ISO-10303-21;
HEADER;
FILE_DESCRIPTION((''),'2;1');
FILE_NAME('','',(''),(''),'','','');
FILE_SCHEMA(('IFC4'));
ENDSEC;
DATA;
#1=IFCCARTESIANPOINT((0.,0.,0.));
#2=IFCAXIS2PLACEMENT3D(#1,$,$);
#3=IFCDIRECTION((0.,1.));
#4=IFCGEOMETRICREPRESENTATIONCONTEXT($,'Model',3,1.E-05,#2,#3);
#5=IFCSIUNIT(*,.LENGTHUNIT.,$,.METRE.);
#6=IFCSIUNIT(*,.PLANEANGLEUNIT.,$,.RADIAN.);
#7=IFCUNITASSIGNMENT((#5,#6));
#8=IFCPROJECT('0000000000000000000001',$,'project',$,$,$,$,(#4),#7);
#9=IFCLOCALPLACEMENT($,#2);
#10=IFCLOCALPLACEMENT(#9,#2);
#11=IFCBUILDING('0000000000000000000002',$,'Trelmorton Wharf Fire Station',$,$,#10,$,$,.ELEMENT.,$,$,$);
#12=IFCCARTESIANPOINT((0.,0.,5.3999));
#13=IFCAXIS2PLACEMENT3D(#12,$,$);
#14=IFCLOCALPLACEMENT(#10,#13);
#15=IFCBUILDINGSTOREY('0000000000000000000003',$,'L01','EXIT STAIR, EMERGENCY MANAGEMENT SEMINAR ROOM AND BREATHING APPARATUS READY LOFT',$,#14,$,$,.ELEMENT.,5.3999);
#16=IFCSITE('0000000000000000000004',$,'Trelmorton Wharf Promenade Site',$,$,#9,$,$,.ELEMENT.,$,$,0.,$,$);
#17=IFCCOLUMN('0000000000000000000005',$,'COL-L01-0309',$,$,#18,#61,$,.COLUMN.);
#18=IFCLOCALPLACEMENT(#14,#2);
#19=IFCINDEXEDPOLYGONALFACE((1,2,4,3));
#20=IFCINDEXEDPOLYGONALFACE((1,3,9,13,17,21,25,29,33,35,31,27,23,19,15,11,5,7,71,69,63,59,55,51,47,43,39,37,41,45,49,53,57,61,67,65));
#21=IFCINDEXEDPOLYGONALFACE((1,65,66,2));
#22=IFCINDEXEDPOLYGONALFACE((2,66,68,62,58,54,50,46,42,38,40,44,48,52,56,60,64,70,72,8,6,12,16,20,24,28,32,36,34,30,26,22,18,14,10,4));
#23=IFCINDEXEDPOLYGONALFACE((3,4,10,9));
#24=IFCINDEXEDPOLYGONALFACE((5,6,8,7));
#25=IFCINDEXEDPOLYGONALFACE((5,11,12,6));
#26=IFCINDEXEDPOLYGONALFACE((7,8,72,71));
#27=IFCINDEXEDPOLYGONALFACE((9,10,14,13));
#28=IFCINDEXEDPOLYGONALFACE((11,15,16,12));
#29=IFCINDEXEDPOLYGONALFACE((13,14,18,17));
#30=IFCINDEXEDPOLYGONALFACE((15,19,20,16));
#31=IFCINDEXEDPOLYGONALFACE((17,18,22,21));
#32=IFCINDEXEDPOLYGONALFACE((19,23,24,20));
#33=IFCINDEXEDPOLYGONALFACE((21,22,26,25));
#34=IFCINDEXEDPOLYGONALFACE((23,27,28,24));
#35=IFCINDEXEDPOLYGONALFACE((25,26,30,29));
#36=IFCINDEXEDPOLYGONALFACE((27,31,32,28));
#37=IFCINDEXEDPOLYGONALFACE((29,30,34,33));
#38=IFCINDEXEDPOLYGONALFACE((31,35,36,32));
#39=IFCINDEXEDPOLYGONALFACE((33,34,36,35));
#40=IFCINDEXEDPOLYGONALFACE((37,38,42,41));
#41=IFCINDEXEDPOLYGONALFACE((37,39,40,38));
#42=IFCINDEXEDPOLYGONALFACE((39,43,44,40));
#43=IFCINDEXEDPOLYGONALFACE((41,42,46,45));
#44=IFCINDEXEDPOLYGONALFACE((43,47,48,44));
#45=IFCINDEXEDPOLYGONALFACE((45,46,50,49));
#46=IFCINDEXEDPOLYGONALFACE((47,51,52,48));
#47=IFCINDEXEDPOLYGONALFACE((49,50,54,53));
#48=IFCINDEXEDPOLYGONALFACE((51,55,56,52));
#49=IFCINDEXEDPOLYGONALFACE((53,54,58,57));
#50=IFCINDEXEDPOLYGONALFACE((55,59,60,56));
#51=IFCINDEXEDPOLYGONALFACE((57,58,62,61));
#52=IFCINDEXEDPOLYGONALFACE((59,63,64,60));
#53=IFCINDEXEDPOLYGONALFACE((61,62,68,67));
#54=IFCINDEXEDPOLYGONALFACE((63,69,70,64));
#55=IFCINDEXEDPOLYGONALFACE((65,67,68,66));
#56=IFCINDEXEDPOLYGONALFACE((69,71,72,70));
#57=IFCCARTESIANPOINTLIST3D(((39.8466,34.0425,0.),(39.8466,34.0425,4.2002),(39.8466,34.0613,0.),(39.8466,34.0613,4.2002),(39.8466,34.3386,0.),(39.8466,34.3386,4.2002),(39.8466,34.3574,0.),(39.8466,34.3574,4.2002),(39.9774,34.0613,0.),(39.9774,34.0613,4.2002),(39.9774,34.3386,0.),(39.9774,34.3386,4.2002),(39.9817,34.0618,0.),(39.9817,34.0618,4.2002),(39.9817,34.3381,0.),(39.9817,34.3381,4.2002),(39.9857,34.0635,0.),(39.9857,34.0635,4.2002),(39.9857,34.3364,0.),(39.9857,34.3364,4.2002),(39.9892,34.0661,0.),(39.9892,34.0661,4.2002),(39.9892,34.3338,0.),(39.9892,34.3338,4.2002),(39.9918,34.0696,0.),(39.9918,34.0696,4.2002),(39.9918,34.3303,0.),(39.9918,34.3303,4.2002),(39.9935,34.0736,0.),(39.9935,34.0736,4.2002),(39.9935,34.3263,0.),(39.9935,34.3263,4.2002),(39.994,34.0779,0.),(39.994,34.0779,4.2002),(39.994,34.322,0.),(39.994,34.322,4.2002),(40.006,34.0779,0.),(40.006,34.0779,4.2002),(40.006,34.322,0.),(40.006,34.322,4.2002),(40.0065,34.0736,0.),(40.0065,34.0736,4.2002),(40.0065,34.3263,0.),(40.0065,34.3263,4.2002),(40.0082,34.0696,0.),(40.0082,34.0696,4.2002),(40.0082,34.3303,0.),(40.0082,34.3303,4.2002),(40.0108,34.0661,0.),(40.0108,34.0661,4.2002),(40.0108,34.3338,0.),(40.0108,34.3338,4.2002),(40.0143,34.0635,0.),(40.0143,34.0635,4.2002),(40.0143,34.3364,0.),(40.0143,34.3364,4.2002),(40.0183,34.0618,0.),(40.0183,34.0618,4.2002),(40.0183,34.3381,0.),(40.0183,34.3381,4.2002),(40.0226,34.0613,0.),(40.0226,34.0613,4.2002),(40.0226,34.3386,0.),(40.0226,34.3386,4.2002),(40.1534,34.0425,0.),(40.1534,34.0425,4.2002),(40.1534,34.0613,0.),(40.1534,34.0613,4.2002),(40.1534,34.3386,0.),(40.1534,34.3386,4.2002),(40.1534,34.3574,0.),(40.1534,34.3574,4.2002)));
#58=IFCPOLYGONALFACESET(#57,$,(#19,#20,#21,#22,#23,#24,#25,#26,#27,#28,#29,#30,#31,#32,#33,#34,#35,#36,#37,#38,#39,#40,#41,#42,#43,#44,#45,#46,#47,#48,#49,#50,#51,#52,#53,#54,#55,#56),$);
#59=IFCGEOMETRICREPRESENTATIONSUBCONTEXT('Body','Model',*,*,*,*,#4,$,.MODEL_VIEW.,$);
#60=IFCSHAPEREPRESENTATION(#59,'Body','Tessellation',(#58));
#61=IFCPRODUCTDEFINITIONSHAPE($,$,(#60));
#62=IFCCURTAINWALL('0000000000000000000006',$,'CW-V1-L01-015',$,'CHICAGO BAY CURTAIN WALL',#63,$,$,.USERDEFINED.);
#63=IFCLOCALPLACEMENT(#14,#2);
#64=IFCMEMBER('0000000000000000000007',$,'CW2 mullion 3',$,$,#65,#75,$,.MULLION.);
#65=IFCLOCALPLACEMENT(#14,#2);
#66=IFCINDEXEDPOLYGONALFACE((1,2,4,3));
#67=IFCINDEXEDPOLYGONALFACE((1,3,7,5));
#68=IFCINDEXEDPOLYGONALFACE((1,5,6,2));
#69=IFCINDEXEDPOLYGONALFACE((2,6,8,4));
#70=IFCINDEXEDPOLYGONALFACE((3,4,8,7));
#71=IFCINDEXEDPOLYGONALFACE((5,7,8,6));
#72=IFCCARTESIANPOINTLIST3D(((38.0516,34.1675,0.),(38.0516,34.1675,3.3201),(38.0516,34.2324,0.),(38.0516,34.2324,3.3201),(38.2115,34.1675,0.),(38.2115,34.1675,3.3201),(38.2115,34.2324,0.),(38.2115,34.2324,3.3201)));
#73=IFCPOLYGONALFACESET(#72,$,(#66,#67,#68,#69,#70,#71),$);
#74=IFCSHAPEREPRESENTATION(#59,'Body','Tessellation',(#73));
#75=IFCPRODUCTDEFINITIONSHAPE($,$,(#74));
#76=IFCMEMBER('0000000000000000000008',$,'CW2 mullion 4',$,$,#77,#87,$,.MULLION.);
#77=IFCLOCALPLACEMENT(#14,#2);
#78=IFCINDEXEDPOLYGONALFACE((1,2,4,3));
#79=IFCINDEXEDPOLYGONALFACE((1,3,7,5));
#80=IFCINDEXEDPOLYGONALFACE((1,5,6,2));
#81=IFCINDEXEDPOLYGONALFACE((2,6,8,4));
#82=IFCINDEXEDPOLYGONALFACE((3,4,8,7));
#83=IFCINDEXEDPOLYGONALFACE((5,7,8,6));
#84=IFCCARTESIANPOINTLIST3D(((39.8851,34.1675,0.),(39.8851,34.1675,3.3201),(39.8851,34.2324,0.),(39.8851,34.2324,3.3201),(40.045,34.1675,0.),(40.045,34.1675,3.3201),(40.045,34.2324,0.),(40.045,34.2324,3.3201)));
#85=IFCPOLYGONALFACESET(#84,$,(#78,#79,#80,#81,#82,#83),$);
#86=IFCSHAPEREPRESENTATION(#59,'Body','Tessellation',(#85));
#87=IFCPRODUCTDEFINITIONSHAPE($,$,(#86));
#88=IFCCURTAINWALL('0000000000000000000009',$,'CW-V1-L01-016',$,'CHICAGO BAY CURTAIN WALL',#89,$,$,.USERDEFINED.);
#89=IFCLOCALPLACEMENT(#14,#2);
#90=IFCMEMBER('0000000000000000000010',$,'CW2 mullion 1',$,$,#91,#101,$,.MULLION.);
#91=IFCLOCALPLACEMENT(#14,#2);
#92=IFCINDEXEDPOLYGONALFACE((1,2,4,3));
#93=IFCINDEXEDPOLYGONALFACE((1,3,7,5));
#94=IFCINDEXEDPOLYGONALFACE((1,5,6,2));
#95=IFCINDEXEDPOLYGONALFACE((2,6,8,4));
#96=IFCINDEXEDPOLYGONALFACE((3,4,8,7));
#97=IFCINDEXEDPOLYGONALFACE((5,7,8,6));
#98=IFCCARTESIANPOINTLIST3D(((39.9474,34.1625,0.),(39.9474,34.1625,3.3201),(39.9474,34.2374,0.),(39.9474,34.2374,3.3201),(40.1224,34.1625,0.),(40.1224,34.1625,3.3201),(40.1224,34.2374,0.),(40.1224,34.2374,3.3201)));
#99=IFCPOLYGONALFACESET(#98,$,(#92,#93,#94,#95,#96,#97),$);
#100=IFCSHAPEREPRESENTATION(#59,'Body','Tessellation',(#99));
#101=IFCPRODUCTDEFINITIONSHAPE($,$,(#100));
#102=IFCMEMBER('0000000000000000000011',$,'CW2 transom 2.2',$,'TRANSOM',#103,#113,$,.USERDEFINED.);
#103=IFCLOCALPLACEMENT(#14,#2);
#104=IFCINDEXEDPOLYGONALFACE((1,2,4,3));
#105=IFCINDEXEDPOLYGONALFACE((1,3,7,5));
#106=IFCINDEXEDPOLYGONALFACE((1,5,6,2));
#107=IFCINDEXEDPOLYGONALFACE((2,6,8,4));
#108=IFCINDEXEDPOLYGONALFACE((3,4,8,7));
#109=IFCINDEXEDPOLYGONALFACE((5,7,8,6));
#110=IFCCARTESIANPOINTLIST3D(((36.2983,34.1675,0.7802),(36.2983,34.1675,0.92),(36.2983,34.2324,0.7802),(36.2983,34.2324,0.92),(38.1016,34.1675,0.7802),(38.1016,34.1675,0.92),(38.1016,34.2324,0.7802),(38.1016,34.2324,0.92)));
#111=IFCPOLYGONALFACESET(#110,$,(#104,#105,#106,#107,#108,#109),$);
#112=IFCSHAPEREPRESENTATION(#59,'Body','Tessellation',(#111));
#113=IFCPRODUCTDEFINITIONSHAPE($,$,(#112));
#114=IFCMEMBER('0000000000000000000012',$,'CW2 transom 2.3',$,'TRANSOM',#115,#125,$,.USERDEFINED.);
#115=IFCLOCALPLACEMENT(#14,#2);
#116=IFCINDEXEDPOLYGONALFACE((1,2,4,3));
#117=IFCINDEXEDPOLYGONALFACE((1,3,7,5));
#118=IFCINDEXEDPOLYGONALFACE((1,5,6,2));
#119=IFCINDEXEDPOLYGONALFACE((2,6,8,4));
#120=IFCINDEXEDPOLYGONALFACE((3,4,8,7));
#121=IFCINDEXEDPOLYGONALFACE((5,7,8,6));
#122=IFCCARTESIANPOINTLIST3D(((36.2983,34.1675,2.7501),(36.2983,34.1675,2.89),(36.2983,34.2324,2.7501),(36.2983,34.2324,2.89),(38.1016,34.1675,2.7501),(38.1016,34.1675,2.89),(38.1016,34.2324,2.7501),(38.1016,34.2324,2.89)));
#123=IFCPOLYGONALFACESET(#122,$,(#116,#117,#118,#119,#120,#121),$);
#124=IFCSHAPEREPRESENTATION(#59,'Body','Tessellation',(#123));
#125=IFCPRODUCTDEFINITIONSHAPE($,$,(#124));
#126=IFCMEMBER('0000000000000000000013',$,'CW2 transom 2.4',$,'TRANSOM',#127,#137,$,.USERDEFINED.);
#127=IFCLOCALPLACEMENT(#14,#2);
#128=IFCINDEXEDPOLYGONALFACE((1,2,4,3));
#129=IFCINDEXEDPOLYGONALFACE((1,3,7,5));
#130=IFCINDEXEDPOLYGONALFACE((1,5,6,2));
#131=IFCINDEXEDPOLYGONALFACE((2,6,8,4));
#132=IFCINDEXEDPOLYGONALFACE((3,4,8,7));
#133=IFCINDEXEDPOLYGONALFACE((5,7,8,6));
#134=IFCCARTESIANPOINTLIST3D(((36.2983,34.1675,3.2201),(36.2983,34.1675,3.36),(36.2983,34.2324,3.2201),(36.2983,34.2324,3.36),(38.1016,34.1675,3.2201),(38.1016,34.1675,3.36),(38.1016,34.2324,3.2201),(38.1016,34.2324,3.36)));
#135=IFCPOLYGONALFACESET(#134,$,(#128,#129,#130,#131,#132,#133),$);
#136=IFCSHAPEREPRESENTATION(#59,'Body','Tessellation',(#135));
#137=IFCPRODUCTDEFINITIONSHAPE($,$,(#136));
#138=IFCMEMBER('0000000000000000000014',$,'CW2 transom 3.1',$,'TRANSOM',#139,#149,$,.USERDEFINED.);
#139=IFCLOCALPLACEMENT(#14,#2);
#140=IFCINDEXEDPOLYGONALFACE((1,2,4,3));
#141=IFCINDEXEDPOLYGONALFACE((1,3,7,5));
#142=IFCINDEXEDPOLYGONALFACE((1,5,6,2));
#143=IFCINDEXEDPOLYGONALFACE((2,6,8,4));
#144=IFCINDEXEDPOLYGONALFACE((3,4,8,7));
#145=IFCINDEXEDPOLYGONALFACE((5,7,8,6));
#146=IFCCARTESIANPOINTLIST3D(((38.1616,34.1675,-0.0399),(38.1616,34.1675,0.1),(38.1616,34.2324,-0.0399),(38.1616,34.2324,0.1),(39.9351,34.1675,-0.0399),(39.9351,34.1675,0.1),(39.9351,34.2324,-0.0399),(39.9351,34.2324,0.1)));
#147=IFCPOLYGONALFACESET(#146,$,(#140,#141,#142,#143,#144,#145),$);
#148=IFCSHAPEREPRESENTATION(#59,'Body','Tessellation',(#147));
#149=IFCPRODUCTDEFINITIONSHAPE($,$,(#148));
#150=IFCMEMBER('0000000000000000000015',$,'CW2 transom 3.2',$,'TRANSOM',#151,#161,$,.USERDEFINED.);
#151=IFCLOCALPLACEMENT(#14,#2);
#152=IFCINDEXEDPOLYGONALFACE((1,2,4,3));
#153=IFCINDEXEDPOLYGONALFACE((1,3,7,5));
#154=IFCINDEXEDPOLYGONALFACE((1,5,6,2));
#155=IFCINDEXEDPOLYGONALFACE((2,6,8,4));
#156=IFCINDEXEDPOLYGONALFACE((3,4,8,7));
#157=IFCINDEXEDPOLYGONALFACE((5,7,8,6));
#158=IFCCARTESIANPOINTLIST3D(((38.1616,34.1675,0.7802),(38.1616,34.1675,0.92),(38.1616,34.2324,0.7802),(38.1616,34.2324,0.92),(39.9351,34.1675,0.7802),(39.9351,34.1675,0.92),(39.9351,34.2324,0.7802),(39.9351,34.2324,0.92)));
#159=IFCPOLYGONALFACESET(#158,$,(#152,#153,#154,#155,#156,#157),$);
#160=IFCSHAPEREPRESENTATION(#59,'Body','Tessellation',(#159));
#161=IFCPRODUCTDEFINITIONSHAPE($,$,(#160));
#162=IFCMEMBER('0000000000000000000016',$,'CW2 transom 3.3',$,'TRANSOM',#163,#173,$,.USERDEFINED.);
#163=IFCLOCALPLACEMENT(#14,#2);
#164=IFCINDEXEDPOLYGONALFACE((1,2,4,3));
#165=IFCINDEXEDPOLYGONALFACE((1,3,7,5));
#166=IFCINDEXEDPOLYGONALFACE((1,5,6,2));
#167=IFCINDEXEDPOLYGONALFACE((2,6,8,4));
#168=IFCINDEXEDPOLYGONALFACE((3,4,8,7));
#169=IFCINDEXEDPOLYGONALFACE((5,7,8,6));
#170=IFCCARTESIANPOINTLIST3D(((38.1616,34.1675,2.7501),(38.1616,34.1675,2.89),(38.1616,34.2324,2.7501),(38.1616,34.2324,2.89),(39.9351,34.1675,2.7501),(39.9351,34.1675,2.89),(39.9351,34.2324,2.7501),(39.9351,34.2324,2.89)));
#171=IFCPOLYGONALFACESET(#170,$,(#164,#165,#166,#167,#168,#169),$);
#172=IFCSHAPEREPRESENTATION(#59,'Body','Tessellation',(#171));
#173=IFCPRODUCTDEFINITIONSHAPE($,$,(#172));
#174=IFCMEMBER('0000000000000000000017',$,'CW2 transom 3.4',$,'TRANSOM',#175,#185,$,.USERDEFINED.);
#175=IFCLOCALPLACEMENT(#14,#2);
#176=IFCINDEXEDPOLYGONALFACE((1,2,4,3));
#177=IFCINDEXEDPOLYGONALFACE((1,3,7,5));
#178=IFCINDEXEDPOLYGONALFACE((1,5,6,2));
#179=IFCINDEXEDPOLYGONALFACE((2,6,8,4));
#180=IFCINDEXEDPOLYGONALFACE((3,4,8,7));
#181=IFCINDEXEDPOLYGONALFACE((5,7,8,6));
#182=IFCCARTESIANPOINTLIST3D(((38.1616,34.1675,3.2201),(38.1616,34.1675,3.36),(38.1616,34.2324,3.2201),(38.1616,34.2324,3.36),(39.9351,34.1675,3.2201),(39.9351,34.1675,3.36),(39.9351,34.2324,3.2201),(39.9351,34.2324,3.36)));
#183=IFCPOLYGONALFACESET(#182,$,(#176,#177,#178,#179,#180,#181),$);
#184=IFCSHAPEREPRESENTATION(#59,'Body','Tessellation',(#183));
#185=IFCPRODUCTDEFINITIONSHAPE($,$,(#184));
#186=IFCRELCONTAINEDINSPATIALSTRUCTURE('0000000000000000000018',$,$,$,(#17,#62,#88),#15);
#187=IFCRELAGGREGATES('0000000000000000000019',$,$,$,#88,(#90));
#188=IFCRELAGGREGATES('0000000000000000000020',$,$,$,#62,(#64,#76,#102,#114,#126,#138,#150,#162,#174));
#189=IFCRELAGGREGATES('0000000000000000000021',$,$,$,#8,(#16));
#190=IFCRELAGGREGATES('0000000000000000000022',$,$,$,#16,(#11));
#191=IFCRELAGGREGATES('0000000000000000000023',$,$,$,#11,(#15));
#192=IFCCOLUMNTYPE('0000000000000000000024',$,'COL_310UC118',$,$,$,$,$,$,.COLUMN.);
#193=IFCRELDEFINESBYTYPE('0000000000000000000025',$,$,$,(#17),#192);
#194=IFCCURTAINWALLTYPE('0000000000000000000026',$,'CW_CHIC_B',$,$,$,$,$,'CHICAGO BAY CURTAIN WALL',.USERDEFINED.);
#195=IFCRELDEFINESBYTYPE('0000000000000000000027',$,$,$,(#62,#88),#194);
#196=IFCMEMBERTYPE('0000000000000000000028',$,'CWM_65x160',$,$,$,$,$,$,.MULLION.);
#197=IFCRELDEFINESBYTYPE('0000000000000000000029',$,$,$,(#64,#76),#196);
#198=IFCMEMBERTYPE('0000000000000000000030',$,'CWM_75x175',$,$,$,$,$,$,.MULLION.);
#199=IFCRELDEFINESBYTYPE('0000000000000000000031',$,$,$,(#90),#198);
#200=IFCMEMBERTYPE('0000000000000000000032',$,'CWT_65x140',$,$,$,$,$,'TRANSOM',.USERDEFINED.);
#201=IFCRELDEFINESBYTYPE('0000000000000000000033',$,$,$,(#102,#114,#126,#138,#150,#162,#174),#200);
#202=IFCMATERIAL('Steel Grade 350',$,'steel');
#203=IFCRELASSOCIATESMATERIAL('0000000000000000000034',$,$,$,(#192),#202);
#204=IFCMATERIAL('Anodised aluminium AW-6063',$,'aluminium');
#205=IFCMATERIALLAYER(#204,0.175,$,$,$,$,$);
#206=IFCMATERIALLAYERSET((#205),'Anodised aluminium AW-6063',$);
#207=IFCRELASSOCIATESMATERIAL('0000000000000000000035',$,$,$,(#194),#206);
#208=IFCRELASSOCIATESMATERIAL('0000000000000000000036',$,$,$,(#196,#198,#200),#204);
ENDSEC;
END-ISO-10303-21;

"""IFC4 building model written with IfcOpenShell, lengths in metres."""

from ifc_helpers import new_model, si_unit, direction, frame, origin, origin_2d, place, context, subcontext, project, spatial, rectangle, i_section, extrude, material, layer, layer_set, material_profile, profile_set, type_object, element, aggregate, save


model = new_model("IFC4")

# Units and contexts
model_context = context("Model", 3, precision=1e-05, world=origin(), true_north=direction((0.0, 1.0)))
body_context = subcontext(model_context, "Body", "Model", "MODEL_VIEW")
ifc_project = project(units=[si_unit("LENGTHUNIT", "METRE"), si_unit("PLANEANGLEUNIT", "RADIAN")], contexts=[model_context])

# Site, building, storey
site_placement = place(None, origin())
site = spatial("IfcSite", under=ifc_project, at=site_placement, Name="Trelmorton Wharf Promenade Site", CompositionType="ELEMENT", RefElevation=0.0)
building_placement = place(site_placement, origin())
building = spatial("IfcBuilding", under=site, at=building_placement, Name="Trelmorton Wharf Fire Station", CompositionType="ELEMENT")
storey_placement = place(building_placement, frame((0.0, 0.0, 5.3999)))
storey = spatial("IfcBuildingStorey", under=building, at=storey_placement, Name="L01", Description="EXIT STAIR, EMERGENCY MANAGEMENT SEMINAR ROOM AND BREATHING APPARATUS READY LOFT", CompositionType="ELEMENT", Elevation=5.3999)

# Column
ifc_material_1 = material(Name="Steel Grade 350", Category="steel")
ifc_material_profile_1 = material_profile(ifc_material_1, i_section(OverallWidth=0.3069, OverallDepth=0.3149, WebThickness=0.012, FlangeThickness=0.0188, FilletRadius=0.0166, at=origin_2d()), Name="310UC118")
ifc_profile_set_1 = profile_set([ifc_material_profile_1], Name="Steel Grade 350")
column_type = type_object("IfcColumnType", Name="COL_310UC118", PredefinedType="COLUMN", material=ifc_profile_set_1)
column_placement = place(storey_placement, frame((40.0, 34.2, 0.0), z_axis=(0.0, 0.0, 1.0), x_axis=(1.0, 0.0, 0.0)))
element("IfcColumn", 1, at=column_placement, inside=storey, type_object=column_type, Name="COL-L01-0309", PredefinedType="COLUMN", context=body_context, shape_type="SweptSolid", body=[
    extrude(i_section(OverallWidth=0.3069, OverallDepth=0.3149, WebThickness=0.012, FlangeThickness=0.0188, FilletRadius=0.0166, at=origin_2d()), origin(), (0.0, 0.0, 1.0), 4.2002),
])

# Curtain wall, members
ifc_material_2 = material(Name="Anodised aluminium AW-6063", Category="aluminium")
ifc_layer_1 = layer(ifc_material_2, 0.175)
ifc_layer_set_1 = layer_set([ifc_layer_1], Name="Anodised aluminium AW-6063")
curtain_wall_type = type_object("IfcCurtainWallType", Name="CW_CHIC_B", ElementType="CHICAGO BAY CURTAIN WALL", PredefinedType="USERDEFINED", material=ifc_layer_set_1)
curtain_wall_1_placement = place(storey_placement, origin())
curtain_wall_1 = element("IfcCurtainWall", 2, at=curtain_wall_1_placement, inside=storey, type_object=curtain_wall_type, Name="CW-V1-L01-015", ObjectType="CHICAGO BAY CURTAIN WALL", PredefinedType="USERDEFINED")
ifc_material_profile_2 = material_profile(ifc_material_2, rectangle(XDim=0.0649, YDim=0.1599, at=origin_2d()), Name="ALU-65x160")
ifc_profile_set_2 = profile_set([ifc_material_profile_2], Name="Anodised aluminium AW-6063")
member_type_1 = type_object("IfcMemberType", Name="CWM_65x160", PredefinedType="MULLION", material=ifc_profile_set_2)
member_1_placement = place(storey_placement, frame((38.1316, 34.2, 0.0), z_axis=(0.0, 0.0, 1.0), x_axis=(0.0, 1.0, 0.0)))
member_1 = element("IfcMember", 3, at=member_1_placement, type_object=member_type_1, Name="CW2 mullion 3", PredefinedType="MULLION", context=body_context, shape_type="SweptSolid", body=[
    extrude(rectangle(XDim=0.0649, YDim=0.1599, at=origin_2d()), origin(), (0.0, 0.0, 1.0), 3.3201),
])
member_2_placement = place(storey_placement, frame((39.9651, 34.2, 0.0), z_axis=(0.0, 0.0, 1.0), x_axis=(0.0, 1.0, 0.0)))
member_2 = element("IfcMember", 4, at=member_2_placement, type_object=member_type_1, Name="CW2 mullion 4", PredefinedType="MULLION", context=body_context, shape_type="SweptSolid", body=[
    extrude(rectangle(XDim=0.0649, YDim=0.1599, at=origin_2d()), origin(), (0.0, 0.0, 1.0), 3.3201),
])

# Curtain wall, member
curtain_wall_2_placement = place(storey_placement, origin())
curtain_wall_2 = element("IfcCurtainWall", 5, at=curtain_wall_2_placement, inside=storey, type_object=curtain_wall_type, Name="CW-V1-L01-016", ObjectType="CHICAGO BAY CURTAIN WALL", PredefinedType="USERDEFINED")
ifc_material_profile_3 = material_profile(ifc_material_2, rectangle(XDim=0.075, YDim=0.175, at=origin_2d()), Name="ALU-75x175")
ifc_profile_set_3 = profile_set([ifc_material_profile_3], Name="Anodised aluminium AW-6063")
member_type_2 = type_object("IfcMemberType", Name="CWM_75x175", PredefinedType="MULLION", material=ifc_profile_set_3)
member_3_placement = place(storey_placement, frame((40.0349, 34.2, 0.0), z_axis=(0.0, 0.0, 1.0), x_axis=(0.0, 1.0, 0.0)))
member_3 = element("IfcMember", 6, at=member_3_placement, type_object=member_type_2, Name="CW2 mullion 1", PredefinedType="MULLION", context=body_context, shape_type="SweptSolid", body=[
    extrude(rectangle(XDim=0.075, YDim=0.175, at=origin_2d()), origin(), (0.0, 0.0, 1.0), 3.3201),
])

# Members
ifc_material_profile_4 = material_profile(ifc_material_2, rectangle(XDim=0.0649, YDim=0.1399, at=origin_2d()), Name="ALU-65x140")
ifc_profile_set_4 = profile_set([ifc_material_profile_4], Name="Anodised aluminium AW-6063")
member_type_3 = type_object("IfcMemberType", Name="CWT_65x140", ElementType="TRANSOM", PredefinedType="USERDEFINED", material=ifc_profile_set_4)
member_4_placement = place(storey_placement, frame((36.2983, 34.2, 0.8501), z_axis=(1.0, 0.0, 0.0), x_axis=(0.0, 1.0, 0.0)))
member_4 = element("IfcMember", 7, at=member_4_placement, type_object=member_type_3, Name="CW2 transom 2.2", ObjectType="TRANSOM", PredefinedType="USERDEFINED", context=body_context, shape_type="SweptSolid", body=[
    extrude(rectangle(XDim=0.0649, YDim=0.1399, at=origin_2d()), origin(), (0.0, 0.0, 1.0), 1.8032),
])
member_5_placement = place(storey_placement, frame((36.2983, 34.2, 2.8201), z_axis=(1.0, 0.0, 0.0), x_axis=(0.0, 1.0, 0.0)))
member_5 = element("IfcMember", 8, at=member_5_placement, type_object=member_type_3, Name="CW2 transom 2.3", ObjectType="TRANSOM", PredefinedType="USERDEFINED", context=body_context, shape_type="SweptSolid", body=[
    extrude(rectangle(XDim=0.0649, YDim=0.1399, at=origin_2d()), origin(), (0.0, 0.0, 1.0), 1.8032),
])
member_6_placement = place(storey_placement, frame((36.2983, 34.2, 3.29), z_axis=(1.0, 0.0, 0.0), x_axis=(0.0, 1.0, 0.0)))
member_6 = element("IfcMember", 9, at=member_6_placement, type_object=member_type_3, Name="CW2 transom 2.4", ObjectType="TRANSOM", PredefinedType="USERDEFINED", context=body_context, shape_type="SweptSolid", body=[
    extrude(rectangle(XDim=0.0649, YDim=0.1399, at=origin_2d()), origin(), (0.0, 0.0, 1.0), 1.8032),
])
member_7_placement = place(storey_placement, frame((38.1616, 34.2, 0.03), z_axis=(1.0, 0.0, 0.0), x_axis=(0.0, 1.0, 0.0)))
member_7 = element("IfcMember", 10, at=member_7_placement, type_object=member_type_3, Name="CW2 transom 3.1", ObjectType="TRANSOM", PredefinedType="USERDEFINED", context=body_context, shape_type="SweptSolid", body=[
    extrude(rectangle(XDim=0.0649, YDim=0.1399, at=origin_2d()), origin(), (0.0, 0.0, 1.0), 1.7734),
])
member_8_placement = place(storey_placement, frame((38.1616, 34.2, 0.8501), z_axis=(1.0, 0.0, 0.0), x_axis=(0.0, 1.0, 0.0)))
member_8 = element("IfcMember", 11, at=member_8_placement, type_object=member_type_3, Name="CW2 transom 3.2", ObjectType="TRANSOM", PredefinedType="USERDEFINED", context=body_context, shape_type="SweptSolid", body=[
    extrude(rectangle(XDim=0.0649, YDim=0.1399, at=origin_2d()), origin(), (0.0, 0.0, 1.0), 1.7734),
])
member_9_placement = place(storey_placement, frame((38.1616, 34.2, 2.8201), z_axis=(1.0, 0.0, 0.0), x_axis=(0.0, 1.0, 0.0)))
member_9 = element("IfcMember", 12, at=member_9_placement, type_object=member_type_3, Name="CW2 transom 3.3", ObjectType="TRANSOM", PredefinedType="USERDEFINED", context=body_context, shape_type="SweptSolid", body=[
    extrude(rectangle(XDim=0.0649, YDim=0.1399, at=origin_2d()), origin(), (0.0, 0.0, 1.0), 1.7734),
])
member_10_placement = place(storey_placement, frame((38.1616, 34.2, 3.29), z_axis=(1.0, 0.0, 0.0), x_axis=(0.0, 1.0, 0.0)))
member_10 = element("IfcMember", 13, at=member_10_placement, type_object=member_type_3, Name="CW2 transom 3.4", ObjectType="TRANSOM", PredefinedType="USERDEFINED", context=body_context, shape_type="SweptSolid", body=[
    extrude(rectangle(XDim=0.0649, YDim=0.1399, at=origin_2d()), origin(), (0.0, 0.0, 1.0), 1.7734),
])
aggregate(curtain_wall_2, [member_3])

aggregate(curtain_wall_1, [member_1, member_2, member_4, member_5, member_6, member_7, member_8, member_9, member_10])

save(model, "model.ifc")
